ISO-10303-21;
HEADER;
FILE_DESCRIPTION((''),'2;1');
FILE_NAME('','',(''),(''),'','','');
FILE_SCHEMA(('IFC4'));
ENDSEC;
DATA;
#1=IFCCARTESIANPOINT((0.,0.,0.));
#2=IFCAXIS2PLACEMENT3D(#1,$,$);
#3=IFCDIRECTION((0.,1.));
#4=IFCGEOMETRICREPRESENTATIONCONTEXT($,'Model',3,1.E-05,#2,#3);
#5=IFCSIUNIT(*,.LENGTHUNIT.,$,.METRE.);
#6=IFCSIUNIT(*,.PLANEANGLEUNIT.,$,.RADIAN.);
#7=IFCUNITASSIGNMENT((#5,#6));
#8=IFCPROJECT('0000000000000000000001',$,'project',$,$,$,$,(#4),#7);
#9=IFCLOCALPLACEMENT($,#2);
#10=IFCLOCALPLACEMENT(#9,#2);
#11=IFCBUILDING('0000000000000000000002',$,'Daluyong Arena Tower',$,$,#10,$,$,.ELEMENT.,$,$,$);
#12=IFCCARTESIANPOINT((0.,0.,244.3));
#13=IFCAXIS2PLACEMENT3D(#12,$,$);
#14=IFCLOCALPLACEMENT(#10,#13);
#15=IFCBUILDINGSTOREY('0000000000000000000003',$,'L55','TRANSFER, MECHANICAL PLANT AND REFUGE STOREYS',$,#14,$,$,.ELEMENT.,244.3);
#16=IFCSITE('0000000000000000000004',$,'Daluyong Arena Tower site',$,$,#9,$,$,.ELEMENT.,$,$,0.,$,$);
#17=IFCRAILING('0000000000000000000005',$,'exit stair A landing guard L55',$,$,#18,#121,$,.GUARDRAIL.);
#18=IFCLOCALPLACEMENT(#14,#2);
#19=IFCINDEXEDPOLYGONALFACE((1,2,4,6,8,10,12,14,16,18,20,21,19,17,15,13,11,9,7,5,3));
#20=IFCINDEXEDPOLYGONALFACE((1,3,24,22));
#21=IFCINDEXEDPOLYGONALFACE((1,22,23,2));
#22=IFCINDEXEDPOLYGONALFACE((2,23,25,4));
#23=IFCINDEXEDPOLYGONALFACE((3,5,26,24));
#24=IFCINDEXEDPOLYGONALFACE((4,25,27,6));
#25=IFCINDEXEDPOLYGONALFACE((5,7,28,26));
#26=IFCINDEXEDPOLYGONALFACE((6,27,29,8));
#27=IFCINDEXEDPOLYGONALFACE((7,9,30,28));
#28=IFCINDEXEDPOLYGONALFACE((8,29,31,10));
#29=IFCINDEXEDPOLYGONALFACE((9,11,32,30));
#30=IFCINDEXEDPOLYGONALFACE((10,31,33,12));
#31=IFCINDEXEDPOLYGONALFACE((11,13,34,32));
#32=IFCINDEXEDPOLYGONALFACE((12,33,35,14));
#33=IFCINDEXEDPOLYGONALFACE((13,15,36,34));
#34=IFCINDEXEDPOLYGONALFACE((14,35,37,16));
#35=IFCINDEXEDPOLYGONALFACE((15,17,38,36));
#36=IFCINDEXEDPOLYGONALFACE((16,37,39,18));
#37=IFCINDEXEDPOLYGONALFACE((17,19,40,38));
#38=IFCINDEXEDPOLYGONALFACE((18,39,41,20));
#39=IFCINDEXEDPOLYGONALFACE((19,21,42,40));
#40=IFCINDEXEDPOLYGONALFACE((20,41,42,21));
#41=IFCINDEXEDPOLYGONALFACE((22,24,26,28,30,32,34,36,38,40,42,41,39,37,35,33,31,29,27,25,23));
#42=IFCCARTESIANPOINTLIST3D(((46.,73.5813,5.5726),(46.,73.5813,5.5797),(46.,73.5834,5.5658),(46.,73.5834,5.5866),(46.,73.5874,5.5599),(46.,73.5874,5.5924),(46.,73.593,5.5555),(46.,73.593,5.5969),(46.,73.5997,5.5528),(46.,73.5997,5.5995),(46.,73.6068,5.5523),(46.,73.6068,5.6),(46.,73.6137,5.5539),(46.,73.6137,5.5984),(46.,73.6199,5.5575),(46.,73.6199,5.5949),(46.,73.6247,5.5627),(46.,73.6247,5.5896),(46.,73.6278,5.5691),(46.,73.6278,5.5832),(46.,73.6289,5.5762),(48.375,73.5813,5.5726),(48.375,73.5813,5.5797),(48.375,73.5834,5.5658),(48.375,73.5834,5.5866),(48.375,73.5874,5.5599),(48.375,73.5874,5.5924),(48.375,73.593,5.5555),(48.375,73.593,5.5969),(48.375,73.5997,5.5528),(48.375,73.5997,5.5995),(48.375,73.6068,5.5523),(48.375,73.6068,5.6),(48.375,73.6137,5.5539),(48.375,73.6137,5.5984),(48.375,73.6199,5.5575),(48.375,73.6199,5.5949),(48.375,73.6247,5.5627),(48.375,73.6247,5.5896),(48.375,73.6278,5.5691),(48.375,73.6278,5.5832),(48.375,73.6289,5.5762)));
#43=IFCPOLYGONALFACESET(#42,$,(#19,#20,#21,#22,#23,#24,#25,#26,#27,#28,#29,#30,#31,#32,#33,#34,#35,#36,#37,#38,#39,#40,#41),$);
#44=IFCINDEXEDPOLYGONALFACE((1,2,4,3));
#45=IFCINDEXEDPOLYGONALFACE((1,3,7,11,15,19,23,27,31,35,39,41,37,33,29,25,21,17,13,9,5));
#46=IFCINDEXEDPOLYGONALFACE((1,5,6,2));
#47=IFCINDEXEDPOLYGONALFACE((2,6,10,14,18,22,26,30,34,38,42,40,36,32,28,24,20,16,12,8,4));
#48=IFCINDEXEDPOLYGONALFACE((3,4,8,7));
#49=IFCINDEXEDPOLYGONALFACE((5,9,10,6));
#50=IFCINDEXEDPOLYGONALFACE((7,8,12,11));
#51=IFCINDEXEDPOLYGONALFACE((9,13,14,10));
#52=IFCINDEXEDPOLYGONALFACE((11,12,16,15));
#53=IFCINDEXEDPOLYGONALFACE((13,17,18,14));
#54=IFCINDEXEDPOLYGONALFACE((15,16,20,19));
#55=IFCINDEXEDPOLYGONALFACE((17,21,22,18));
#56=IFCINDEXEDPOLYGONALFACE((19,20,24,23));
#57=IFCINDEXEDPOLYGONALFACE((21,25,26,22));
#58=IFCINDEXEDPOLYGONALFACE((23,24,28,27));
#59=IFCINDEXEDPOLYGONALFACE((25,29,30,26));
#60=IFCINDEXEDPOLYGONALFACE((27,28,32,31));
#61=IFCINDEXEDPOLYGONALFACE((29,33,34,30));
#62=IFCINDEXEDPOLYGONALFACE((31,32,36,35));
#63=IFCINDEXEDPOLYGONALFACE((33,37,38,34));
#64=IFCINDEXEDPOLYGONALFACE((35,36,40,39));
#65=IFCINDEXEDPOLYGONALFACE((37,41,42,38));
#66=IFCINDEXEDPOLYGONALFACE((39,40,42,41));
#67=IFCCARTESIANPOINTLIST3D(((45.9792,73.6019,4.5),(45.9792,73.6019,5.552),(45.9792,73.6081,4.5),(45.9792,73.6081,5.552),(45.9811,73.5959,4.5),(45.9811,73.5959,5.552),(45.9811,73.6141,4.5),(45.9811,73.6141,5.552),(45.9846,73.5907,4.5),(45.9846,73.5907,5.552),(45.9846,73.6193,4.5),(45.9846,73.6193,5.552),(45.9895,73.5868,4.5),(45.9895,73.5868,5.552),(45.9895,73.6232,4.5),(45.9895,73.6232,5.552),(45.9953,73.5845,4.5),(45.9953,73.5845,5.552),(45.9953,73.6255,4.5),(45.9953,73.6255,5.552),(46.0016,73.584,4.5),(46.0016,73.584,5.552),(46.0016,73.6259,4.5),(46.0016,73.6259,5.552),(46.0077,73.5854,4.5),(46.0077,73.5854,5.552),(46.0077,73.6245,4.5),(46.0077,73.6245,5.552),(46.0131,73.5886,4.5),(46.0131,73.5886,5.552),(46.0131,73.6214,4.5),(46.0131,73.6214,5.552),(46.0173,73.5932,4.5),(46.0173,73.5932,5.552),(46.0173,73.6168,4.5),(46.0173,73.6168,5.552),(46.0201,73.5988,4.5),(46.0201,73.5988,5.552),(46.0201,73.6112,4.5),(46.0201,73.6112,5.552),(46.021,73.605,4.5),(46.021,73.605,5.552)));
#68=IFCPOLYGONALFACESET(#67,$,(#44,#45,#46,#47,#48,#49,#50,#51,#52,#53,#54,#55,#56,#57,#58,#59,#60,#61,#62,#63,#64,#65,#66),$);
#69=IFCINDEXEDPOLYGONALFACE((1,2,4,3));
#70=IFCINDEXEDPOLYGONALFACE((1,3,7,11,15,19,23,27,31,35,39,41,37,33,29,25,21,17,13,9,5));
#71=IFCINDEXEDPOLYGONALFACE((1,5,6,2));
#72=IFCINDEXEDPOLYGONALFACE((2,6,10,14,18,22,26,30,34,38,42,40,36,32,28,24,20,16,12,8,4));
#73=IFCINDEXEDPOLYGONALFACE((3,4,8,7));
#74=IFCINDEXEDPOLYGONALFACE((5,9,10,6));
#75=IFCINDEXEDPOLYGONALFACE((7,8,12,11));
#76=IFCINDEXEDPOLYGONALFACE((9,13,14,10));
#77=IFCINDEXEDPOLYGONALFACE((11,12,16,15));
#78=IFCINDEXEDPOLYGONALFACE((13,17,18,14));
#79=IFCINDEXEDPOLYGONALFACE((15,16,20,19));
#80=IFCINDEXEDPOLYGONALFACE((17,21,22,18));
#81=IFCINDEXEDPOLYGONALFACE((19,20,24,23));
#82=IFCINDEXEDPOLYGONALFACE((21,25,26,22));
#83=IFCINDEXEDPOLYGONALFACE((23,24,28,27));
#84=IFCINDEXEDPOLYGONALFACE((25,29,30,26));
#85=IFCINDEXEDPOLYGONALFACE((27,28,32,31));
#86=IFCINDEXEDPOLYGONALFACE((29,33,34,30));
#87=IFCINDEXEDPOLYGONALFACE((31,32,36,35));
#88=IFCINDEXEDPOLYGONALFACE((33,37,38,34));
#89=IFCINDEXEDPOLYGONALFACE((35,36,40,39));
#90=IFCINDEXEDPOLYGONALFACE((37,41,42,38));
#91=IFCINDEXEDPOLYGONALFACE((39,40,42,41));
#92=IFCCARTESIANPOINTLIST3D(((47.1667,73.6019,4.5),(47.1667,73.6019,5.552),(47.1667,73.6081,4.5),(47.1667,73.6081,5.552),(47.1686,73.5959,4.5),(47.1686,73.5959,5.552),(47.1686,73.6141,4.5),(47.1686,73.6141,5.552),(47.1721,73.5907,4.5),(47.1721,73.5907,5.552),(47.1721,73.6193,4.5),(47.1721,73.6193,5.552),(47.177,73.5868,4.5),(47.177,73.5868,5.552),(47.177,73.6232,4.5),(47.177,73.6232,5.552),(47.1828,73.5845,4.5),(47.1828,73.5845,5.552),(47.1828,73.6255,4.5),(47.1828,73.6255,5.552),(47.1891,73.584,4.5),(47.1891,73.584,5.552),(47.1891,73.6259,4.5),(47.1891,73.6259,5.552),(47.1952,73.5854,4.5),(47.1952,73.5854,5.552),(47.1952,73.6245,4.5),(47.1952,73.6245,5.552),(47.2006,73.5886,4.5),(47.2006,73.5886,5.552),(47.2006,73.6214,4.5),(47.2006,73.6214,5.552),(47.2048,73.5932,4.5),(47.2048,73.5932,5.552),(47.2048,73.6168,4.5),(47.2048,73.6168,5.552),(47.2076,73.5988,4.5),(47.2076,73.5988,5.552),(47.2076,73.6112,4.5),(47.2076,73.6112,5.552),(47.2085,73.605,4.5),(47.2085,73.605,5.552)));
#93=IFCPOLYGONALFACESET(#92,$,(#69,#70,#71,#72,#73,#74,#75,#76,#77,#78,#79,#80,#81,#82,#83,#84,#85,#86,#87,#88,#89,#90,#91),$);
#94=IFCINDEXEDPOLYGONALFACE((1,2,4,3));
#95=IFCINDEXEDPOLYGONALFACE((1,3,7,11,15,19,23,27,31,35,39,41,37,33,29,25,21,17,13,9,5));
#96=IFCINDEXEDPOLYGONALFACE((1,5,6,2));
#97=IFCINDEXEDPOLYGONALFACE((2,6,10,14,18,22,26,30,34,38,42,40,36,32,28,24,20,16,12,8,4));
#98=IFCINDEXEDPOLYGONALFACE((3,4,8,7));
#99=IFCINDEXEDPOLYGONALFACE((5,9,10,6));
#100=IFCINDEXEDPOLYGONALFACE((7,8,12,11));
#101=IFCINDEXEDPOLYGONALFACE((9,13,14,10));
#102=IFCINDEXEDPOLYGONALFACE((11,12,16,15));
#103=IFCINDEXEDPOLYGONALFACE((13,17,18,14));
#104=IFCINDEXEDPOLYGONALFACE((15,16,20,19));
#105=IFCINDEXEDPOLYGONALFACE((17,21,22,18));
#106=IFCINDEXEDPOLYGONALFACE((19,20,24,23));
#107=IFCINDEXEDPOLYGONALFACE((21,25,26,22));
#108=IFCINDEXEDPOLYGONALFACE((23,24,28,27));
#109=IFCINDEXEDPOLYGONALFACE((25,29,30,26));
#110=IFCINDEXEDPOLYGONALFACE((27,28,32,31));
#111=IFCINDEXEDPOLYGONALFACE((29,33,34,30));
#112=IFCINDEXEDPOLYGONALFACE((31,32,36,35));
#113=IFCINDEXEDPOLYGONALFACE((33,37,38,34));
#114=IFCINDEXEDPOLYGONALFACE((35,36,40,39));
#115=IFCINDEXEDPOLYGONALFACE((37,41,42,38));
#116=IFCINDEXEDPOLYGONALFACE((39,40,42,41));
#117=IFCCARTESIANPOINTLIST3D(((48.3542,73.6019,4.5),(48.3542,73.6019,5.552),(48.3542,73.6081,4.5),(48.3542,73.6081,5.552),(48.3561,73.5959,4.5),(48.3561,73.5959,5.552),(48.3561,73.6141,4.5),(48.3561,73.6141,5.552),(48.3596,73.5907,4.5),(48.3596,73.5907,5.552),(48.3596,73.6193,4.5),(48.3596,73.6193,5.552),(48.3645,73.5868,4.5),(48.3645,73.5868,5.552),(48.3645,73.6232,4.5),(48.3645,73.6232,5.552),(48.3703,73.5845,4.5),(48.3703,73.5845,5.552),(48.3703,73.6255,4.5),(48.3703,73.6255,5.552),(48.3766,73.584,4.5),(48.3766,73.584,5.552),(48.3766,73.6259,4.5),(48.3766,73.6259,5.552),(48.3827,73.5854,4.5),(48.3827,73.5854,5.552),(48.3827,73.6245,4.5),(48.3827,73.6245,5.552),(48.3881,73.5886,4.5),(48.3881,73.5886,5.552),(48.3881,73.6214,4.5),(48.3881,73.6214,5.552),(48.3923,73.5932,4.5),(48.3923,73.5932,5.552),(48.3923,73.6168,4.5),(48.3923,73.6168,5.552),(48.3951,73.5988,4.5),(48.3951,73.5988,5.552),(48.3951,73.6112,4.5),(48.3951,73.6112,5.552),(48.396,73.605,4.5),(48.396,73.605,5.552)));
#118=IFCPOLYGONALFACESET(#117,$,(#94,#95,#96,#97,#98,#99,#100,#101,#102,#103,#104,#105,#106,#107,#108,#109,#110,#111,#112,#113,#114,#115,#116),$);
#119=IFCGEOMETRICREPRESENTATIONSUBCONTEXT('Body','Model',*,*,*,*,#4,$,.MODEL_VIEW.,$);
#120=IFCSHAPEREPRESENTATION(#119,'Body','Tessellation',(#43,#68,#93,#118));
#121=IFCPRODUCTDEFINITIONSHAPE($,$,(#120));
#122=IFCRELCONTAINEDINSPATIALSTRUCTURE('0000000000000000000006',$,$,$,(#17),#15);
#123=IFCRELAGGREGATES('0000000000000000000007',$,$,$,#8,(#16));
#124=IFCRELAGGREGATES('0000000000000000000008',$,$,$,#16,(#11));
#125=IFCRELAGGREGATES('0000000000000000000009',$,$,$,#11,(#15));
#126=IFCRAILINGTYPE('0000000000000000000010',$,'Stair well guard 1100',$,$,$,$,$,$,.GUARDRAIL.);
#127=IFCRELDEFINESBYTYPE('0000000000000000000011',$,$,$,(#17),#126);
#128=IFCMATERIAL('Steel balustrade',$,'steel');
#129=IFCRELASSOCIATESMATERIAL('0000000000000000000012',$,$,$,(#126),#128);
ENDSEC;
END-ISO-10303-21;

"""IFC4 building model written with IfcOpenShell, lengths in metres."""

from ifc_helpers import new_model, si_unit, direction, frame, origin, origin_2d, place, context, subcontext, project, spatial, circle, extrude, material, type_object, element, save


model = new_model("IFC4")

# Units and contexts
model_context = context("Model", 3, precision=1e-05, world=origin(), true_north=direction((0.0, 1.0)))
body_context = subcontext(model_context, "Body", "Model", "MODEL_VIEW")
ifc_project = project(units=[si_unit("LENGTHUNIT", "METRE"), si_unit("PLANEANGLEUNIT", "RADIAN")], contexts=[model_context])

# Site, building, storey
site_placement = place(None, origin())
site = spatial("IfcSite", under=ifc_project, at=site_placement, Name="Daluyong Arena Tower site", CompositionType="ELEMENT", RefElevation=0.0)
building_placement = place(site_placement, origin())
building = spatial("IfcBuilding", under=site, at=building_placement, Name="Daluyong Arena Tower", CompositionType="ELEMENT")
storey_placement = place(building_placement, frame((0.0, 0.0, 244.3)))
storey = spatial("IfcBuildingStorey", under=building, at=storey_placement, Name="L55", Description="TRANSFER, MECHANICAL PLANT AND REFUGE STOREYS", CompositionType="ELEMENT", Elevation=244.3)

# Railing
ifc_material_1 = material(Name="Steel balustrade", Category="steel")
railing_type_1 = type_object("IfcRailingType", Name="Stair well guard 1100", PredefinedType="GUARDRAIL", material=ifc_material_1)
for number, where, name in (
    (1, (46.0, 73.605, 4.5), "exit stair A landing guard L55"),
):
    element("IfcRailing", number, at=place(storey_placement, frame(where)), inside=storey, type_object=railing_type_1, Name=name, PredefinedType="GUARDRAIL", context=body_context, shape_type="SweptSolid", body=[
        extrude(circle(Radius=0.0239, at=origin_2d()), frame((0.0, 0.0, 1.0762), z_axis=(1.0, 0.0, 0.0), x_axis=(0.0, 1.0, 0.0)), (0.0, 0.0, 1.0), 2.375),
        extrude(circle(Radius=0.021, at=origin_2d()), origin(), (0.0, 0.0, 1.0), 1.052),
        extrude(circle(Radius=0.021, at=origin_2d()), frame((1.1875, 0.0, 0.0)), (0.0, 0.0, 1.0), 1.052),
        extrude(circle(Radius=0.021, at=origin_2d()), frame((2.375, 0.0, 0.0)), (0.0, 0.0, 1.0), 1.052),
    ])

save(model, "model.ifc")
